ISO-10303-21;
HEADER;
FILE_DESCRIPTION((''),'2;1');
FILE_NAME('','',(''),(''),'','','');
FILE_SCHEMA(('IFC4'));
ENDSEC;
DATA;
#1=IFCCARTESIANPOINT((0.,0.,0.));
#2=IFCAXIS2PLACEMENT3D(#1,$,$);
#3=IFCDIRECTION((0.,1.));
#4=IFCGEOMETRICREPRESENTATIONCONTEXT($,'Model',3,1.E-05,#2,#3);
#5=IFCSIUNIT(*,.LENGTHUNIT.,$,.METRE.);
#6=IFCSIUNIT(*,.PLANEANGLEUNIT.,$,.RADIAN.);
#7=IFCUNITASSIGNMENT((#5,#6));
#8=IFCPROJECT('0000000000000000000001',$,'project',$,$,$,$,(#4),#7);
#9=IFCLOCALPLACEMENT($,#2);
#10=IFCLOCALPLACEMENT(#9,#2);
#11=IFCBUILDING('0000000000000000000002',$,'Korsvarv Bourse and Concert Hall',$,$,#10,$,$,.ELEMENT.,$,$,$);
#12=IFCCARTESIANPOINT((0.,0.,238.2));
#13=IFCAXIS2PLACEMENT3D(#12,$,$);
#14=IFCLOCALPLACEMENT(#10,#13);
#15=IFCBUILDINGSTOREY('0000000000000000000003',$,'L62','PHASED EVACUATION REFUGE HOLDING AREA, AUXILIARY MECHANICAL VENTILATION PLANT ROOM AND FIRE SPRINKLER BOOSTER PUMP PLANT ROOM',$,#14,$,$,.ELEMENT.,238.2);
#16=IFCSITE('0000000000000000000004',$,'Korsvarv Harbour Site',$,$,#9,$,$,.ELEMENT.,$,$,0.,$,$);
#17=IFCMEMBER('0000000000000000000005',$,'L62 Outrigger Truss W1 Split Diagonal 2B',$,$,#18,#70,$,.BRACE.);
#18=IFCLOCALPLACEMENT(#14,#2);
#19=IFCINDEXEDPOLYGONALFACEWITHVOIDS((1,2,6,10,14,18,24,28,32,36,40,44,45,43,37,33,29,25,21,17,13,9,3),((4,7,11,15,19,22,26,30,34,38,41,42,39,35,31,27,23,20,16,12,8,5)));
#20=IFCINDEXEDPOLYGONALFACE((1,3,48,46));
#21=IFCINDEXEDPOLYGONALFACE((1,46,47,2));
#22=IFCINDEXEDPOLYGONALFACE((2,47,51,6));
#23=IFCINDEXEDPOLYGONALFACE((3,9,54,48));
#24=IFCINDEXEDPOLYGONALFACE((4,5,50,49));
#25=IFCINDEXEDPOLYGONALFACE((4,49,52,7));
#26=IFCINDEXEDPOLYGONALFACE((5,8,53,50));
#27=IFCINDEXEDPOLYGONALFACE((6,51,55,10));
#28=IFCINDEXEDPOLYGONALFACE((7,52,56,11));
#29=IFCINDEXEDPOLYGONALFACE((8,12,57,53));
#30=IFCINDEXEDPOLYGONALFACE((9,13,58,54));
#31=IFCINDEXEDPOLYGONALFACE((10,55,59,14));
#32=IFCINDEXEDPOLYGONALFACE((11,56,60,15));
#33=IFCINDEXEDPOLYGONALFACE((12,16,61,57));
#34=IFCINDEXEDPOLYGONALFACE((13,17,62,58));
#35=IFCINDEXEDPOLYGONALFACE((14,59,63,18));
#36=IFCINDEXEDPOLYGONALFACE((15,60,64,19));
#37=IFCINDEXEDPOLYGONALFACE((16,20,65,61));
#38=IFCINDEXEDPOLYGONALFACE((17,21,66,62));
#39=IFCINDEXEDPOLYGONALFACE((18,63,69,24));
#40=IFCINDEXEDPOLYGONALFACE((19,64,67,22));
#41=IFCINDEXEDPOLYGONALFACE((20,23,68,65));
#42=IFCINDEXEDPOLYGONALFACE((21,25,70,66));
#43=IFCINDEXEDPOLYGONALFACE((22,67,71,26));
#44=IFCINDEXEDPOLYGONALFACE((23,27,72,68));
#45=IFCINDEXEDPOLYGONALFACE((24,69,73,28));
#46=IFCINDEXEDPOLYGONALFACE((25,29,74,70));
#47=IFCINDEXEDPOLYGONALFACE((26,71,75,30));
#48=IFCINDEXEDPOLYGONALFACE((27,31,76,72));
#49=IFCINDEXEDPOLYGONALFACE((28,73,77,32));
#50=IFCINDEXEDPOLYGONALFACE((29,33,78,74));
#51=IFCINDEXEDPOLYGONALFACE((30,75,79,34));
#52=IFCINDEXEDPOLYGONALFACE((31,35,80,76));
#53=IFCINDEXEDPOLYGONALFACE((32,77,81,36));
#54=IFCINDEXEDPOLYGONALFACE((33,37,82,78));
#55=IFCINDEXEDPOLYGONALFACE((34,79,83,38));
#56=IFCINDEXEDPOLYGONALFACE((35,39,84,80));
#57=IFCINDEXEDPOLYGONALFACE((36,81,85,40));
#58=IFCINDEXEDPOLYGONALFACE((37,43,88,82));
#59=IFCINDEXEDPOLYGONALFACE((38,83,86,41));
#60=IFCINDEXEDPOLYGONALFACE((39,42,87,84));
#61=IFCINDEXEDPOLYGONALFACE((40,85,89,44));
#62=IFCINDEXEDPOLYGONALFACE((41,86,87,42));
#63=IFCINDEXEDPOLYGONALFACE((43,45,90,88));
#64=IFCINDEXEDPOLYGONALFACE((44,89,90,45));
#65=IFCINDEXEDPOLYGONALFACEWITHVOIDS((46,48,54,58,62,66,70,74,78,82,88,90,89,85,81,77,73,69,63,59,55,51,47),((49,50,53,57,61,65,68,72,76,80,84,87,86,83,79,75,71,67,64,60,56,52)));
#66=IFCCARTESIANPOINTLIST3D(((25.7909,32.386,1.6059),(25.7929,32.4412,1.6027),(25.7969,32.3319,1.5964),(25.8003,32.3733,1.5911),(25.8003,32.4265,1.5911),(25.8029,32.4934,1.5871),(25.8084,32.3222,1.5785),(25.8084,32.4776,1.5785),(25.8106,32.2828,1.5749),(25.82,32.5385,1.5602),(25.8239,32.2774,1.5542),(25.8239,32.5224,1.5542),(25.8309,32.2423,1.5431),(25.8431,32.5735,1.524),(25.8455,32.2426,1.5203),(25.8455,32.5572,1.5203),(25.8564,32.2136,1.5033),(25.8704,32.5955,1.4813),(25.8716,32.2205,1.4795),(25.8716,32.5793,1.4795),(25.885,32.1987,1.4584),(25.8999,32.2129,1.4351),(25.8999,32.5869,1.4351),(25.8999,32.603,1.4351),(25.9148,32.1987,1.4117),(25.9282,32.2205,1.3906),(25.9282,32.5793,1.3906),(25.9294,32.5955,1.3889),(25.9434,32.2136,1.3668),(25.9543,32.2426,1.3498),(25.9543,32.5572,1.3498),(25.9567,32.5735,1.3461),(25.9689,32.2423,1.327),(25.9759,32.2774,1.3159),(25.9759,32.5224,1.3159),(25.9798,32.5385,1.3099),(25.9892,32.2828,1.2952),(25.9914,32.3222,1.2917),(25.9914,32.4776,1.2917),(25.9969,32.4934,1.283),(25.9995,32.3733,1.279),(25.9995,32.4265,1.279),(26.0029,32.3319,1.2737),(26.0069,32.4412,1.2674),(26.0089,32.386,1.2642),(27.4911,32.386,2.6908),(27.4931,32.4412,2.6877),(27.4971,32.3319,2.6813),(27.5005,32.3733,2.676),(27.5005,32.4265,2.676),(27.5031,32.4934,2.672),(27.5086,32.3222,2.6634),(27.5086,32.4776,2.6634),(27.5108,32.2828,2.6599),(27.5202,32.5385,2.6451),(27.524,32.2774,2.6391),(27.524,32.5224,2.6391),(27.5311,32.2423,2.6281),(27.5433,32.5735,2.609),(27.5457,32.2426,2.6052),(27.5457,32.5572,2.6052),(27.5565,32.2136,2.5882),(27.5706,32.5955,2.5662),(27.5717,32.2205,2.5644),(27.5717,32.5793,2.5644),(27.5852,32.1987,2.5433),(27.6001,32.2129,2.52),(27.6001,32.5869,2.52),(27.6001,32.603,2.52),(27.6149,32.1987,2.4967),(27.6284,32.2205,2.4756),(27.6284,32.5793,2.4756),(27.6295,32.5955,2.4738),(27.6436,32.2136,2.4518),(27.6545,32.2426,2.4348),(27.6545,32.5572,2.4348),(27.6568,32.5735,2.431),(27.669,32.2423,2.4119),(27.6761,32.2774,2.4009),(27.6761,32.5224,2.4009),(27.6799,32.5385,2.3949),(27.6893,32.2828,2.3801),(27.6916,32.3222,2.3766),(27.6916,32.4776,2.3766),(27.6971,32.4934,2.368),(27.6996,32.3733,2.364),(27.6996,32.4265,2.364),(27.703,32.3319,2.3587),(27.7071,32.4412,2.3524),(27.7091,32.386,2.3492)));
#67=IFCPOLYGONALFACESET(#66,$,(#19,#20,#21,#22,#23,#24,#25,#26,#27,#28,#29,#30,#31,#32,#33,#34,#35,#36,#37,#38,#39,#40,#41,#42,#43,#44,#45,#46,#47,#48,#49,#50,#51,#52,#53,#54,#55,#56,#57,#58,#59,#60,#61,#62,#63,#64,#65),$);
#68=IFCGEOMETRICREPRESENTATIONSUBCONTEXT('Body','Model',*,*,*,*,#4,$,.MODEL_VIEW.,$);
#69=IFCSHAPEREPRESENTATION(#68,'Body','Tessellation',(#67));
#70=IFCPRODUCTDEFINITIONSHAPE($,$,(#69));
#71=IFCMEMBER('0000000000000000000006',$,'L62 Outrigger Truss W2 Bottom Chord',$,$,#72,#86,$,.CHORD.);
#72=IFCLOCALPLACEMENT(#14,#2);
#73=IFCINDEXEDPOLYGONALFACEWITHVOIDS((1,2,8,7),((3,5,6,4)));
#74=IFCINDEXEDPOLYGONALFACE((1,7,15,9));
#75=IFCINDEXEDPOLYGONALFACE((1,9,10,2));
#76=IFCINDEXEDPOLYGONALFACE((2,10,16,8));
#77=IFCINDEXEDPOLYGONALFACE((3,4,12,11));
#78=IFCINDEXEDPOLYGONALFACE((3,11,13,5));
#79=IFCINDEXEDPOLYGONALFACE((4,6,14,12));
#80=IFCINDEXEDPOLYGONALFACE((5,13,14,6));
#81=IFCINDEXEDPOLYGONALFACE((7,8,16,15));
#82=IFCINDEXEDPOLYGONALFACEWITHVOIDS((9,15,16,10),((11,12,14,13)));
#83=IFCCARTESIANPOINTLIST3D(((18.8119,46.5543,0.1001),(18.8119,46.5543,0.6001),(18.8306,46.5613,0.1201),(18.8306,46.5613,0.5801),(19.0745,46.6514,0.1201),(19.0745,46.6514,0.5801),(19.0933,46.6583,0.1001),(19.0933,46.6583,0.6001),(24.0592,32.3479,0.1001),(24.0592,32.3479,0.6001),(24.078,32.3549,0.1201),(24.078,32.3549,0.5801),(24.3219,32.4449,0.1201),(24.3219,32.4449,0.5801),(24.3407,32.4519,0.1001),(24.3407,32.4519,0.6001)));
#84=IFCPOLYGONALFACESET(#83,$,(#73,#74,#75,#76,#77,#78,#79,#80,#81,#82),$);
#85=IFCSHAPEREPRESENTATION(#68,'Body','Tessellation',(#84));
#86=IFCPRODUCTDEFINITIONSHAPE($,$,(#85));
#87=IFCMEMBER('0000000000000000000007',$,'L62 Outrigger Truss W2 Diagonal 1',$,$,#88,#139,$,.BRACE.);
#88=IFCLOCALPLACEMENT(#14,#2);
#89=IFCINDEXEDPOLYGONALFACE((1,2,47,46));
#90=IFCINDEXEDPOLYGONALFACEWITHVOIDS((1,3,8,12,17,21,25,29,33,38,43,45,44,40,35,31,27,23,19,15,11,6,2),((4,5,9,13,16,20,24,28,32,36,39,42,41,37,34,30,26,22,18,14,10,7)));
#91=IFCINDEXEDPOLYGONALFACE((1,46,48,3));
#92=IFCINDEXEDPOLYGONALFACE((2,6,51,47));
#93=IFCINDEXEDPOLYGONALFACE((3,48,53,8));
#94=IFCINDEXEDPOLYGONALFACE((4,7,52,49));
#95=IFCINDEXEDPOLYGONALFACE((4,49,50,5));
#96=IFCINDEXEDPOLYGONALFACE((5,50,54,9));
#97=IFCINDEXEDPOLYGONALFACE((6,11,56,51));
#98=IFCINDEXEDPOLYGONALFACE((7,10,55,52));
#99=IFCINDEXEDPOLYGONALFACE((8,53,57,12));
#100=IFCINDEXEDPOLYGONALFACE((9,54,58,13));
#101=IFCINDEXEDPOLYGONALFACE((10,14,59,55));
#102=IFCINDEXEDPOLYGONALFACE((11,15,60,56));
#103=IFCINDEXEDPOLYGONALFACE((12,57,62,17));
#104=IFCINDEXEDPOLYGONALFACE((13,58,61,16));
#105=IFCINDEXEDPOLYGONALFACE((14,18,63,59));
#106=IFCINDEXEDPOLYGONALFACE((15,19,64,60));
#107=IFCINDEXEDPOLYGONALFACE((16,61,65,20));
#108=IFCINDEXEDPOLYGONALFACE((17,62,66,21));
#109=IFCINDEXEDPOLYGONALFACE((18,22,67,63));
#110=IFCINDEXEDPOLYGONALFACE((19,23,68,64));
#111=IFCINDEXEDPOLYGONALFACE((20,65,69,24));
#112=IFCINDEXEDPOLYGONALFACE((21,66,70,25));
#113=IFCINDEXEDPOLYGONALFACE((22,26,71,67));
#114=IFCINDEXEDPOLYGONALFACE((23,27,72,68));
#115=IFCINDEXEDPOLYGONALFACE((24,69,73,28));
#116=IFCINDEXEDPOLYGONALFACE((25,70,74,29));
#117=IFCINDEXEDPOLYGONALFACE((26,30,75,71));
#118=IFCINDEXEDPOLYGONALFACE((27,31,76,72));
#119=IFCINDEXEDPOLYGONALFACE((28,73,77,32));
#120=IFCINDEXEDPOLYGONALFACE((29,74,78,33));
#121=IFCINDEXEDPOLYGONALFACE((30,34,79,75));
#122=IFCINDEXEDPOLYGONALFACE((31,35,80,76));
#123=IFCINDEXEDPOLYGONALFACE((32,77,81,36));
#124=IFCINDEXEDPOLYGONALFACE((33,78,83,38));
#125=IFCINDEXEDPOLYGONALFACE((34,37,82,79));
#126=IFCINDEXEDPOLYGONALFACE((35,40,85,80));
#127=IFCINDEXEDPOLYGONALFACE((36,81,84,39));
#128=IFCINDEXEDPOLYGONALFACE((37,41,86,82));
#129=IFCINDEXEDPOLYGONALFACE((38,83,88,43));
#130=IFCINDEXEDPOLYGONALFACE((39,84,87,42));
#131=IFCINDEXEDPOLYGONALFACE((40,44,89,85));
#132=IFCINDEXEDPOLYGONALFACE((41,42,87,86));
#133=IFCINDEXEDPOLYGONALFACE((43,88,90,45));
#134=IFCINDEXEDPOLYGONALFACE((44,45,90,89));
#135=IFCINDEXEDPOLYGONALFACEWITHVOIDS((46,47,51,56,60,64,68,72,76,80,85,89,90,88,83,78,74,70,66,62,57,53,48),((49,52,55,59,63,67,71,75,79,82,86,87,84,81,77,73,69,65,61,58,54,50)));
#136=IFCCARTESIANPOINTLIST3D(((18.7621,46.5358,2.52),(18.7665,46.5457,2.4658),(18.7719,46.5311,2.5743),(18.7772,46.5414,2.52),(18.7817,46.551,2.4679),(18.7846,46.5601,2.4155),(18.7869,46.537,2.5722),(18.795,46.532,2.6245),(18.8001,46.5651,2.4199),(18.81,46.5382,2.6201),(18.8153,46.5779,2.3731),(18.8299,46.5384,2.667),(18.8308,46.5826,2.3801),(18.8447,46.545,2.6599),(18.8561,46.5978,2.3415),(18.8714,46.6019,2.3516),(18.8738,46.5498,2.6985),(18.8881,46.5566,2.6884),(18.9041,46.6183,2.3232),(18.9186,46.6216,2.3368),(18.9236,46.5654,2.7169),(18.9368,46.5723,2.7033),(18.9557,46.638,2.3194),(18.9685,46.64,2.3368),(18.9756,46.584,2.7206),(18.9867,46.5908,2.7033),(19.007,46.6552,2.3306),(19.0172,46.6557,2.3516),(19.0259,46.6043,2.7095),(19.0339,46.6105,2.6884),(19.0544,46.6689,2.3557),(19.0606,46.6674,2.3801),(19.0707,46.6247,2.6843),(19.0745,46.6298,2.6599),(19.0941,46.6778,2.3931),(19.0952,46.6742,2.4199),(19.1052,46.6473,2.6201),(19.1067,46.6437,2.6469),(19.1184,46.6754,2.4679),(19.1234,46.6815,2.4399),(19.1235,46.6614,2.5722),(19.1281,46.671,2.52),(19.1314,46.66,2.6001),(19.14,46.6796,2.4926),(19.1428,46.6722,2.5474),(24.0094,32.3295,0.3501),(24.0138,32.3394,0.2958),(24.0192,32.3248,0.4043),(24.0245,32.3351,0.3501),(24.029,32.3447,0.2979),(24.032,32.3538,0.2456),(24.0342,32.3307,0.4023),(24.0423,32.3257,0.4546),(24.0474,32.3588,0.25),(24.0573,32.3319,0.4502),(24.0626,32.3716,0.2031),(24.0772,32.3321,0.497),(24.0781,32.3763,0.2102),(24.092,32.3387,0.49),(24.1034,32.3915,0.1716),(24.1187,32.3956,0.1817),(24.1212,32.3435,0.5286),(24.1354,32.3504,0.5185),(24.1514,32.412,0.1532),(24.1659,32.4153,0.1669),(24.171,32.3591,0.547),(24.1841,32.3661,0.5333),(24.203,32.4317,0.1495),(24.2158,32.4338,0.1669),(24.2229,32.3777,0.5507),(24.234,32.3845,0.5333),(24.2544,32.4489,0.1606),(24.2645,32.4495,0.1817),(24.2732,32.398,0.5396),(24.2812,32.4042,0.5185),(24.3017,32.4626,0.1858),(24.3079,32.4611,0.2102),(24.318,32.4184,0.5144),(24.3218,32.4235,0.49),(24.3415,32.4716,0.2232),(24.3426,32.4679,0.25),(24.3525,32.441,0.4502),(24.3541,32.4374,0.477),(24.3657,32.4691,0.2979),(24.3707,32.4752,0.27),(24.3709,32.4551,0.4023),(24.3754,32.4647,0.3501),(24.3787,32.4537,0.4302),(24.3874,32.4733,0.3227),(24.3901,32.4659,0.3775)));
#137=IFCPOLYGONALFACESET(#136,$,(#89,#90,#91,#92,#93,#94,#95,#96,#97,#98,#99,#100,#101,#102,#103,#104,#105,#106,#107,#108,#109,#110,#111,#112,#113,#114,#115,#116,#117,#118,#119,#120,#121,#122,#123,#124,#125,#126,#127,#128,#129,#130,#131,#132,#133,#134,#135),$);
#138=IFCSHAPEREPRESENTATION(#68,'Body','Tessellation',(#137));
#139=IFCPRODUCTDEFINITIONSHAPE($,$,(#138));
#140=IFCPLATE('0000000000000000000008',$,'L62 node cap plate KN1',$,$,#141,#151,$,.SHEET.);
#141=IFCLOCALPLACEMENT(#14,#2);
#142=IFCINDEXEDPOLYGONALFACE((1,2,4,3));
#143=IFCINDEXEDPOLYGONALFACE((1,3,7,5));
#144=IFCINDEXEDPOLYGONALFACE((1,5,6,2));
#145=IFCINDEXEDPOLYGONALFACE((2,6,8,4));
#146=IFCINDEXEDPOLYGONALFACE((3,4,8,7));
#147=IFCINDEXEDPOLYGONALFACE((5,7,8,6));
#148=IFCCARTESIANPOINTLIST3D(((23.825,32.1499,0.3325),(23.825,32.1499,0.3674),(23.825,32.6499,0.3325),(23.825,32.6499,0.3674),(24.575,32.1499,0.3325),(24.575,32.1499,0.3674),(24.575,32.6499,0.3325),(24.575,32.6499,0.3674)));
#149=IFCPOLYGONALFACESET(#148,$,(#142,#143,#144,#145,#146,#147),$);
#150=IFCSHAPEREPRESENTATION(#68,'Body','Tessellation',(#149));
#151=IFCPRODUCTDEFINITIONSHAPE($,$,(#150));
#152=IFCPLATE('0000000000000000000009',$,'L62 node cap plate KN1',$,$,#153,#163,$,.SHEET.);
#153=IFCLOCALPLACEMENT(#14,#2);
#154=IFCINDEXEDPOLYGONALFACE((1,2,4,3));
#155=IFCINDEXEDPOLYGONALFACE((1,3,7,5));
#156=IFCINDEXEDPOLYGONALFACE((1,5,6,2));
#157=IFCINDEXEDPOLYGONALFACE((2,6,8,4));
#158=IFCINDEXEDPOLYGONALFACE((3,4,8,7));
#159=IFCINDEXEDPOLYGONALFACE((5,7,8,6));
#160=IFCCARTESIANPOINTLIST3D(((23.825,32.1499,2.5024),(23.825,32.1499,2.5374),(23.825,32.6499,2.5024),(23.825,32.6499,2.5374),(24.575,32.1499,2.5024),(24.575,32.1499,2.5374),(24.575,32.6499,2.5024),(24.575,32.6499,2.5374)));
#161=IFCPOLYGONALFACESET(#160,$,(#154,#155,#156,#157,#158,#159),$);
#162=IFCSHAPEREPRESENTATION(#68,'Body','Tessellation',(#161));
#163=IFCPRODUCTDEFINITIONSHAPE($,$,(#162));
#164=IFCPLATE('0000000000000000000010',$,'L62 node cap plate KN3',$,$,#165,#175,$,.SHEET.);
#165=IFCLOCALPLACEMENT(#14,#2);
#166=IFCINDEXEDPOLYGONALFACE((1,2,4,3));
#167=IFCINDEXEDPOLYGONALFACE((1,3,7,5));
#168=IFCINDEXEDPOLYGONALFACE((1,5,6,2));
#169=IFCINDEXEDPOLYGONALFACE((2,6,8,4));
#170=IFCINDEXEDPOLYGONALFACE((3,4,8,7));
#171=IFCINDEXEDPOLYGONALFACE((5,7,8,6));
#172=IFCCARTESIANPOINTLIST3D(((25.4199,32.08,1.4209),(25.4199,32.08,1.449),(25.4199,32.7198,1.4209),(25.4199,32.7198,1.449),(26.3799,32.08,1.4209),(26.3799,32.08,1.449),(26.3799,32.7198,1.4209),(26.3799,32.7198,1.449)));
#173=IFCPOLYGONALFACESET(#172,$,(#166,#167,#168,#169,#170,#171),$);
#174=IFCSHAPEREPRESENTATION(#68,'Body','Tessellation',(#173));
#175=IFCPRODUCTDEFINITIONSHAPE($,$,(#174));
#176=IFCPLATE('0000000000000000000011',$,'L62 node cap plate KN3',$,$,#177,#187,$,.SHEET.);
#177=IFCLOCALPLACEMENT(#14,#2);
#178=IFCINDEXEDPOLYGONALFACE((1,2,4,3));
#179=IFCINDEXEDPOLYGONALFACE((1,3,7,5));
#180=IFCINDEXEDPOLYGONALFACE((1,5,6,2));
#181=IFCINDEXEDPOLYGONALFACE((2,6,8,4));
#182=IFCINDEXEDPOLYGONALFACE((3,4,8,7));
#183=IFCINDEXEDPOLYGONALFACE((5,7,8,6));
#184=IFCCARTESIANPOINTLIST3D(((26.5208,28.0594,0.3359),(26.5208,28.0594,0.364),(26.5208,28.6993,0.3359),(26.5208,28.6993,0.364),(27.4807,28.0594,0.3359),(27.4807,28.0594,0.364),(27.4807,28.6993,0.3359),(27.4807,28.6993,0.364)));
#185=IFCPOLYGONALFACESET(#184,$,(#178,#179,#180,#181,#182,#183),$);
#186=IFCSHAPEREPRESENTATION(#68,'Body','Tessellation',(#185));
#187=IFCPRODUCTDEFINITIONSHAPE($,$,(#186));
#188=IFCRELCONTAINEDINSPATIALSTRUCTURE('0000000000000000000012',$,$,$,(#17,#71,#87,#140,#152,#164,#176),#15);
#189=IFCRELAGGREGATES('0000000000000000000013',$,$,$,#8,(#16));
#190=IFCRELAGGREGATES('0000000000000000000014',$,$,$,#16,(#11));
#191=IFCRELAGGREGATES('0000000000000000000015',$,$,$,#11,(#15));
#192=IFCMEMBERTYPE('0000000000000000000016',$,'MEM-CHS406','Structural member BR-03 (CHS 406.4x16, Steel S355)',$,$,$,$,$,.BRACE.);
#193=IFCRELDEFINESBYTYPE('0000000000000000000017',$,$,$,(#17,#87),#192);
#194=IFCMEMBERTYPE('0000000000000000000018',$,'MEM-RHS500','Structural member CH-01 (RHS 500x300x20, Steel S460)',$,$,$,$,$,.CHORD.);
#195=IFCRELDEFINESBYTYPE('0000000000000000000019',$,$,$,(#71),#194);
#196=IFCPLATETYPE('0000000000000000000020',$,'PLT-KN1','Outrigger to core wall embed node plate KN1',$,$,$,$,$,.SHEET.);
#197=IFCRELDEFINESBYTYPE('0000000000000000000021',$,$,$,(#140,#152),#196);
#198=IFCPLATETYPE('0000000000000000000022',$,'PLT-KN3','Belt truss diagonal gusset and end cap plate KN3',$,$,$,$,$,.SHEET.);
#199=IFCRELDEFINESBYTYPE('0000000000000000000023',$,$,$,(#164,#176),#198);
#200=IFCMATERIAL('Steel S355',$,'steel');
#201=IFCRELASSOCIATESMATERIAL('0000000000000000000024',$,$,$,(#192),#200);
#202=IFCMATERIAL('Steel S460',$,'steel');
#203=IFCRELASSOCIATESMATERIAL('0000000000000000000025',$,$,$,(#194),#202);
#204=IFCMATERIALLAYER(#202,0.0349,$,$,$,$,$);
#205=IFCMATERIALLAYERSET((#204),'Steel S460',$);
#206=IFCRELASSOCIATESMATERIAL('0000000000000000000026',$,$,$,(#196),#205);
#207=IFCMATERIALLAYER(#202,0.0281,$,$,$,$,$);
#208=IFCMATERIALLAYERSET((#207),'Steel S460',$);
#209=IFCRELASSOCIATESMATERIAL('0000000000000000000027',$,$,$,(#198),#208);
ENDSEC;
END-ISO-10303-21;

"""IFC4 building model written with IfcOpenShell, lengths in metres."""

from ifc_helpers import new_model, si_unit, direction, frame, origin, origin_2d, place, context, subcontext, project, spatial, rectangle, hollow_rectangle, hollow_circle, extrude, source, transform, mapped, material, layer, layer_set, material_profile, profile_set, type_object, element, save


model = new_model("IFC4")

# Units and contexts
model_context = context("Model", 3, precision=1e-05, world=origin(), true_north=direction((0.0, 1.0)))
body_context = subcontext(model_context, "Body", "Model", "MODEL_VIEW")
ifc_project = project(units=[si_unit("LENGTHUNIT", "METRE"), si_unit("PLANEANGLEUNIT", "RADIAN")], contexts=[model_context])

# Site, building, storey
site_placement = place(None, origin())
site = spatial("IfcSite", under=ifc_project, at=site_placement, Name="Korsvarv Harbour Site", CompositionType="ELEMENT", RefElevation=0.0)
building_placement = place(site_placement, origin())
building = spatial("IfcBuilding", under=site, at=building_placement, Name="Korsvarv Bourse and Concert Hall", CompositionType="ELEMENT")
storey_placement = place(building_placement, frame((0.0, 0.0, 238.2)))
storey = spatial("IfcBuildingStorey", under=building, at=storey_placement, Name="L62", Description="PHASED EVACUATION REFUGE HOLDING AREA, AUXILIARY MECHANICAL VENTILATION PLANT ROOM AND FIRE SPRINKLER BOOSTER PUMP PLANT ROOM", CompositionType="ELEMENT", Elevation=238.2)

# Shared definitions
ifc_material_1 = material(Name="Steel S355", Category="steel")

# Members
ifc_material_profile_1 = material_profile(ifc_material_1, hollow_circle(Radius=0.2031, WallThickness=0.0161, at=origin_2d()), Name="CHS 406.4x16")
ifc_profile_set_1 = profile_set([ifc_material_profile_1], Name="Steel S355")
member_type_1 = type_object("IfcMemberType", Name="MEM-CHS406", Description="Structural member BR-03 (CHS 406.4x16, Steel S355)", PredefinedType="BRACE", material=ifc_profile_set_1)
shared_shape_1 = source(origin(), body_context, "Body", "SweptSolid", [
    extrude(hollow_circle(Radius=0.2031, WallThickness=0.0161, at=origin_2d()), origin(), (0.0, 0.0, 1.0), 2.0168),
])
member_1_placement = place(storey_placement, frame((25.8999, 32.3999, 1.4351), z_axis=(0.842983, 0.0, 0.53794), x_axis=(0.0, 1.0, 0.0)))
element("IfcMember", 1, at=member_1_placement, inside=storey, type_object=member_type_1, Name="L62 Outrigger Truss W1 Split Diagonal 2B", PredefinedType="BRACE", context=body_context, shape_type="MappedRepresentation", body=[
    mapped(shared_shape_1, transform((0.0, 0.0, 0.0), scale=1.0)),
])
ifc_material_2 = material(Name="Steel S460", Category="steel")
ifc_material_profile_2 = material_profile(ifc_material_2, hollow_rectangle(XDim=0.3, YDim=0.5, WallThickness=0.02, at=origin_2d()), Name="RHS 500x300x20")
ifc_profile_set_2 = profile_set([ifc_material_profile_2], Name="Steel S460")
member_type_2 = type_object("IfcMemberType", Name="MEM-RHS500", Description="Structural member CH-01 (RHS 500x300x20, Steel S460)", PredefinedType="CHORD", material=ifc_profile_set_2)
shared_shape_2 = source(origin(), body_context, "Body", "SweptSolid", [
    extrude(hollow_rectangle(XDim=0.3, YDim=0.5, WallThickness=0.02, at=origin_2d()), origin(), (0.0, 0.0, 1.0), 15.1445),
])
member_2_placement = place(storey_placement, frame((24.2, 32.3999, 0.3501), z_axis=(-0.346485, 0.938055, 0.0), x_axis=(-0.938055, -0.346485, 0.0)))
element("IfcMember", 2, at=member_2_placement, inside=storey, type_object=member_type_2, Name="L62 Outrigger Truss W2 Bottom Chord", PredefinedType="CHORD", context=body_context, shape_type="MappedRepresentation", body=[
    mapped(shared_shape_2, transform((0.0, 0.0, 0.0), scale=1.0)),
])
shared_shape_3 = source(origin(), body_context, "Body", "SweptSolid", [
    extrude(hollow_circle(Radius=0.2031, WallThickness=0.0161, at=origin_2d()), origin(), (0.0, 0.0, 1.0), 15.2991),
])
member_3_placement = place(storey_placement, frame((24.2, 32.3999, 0.3501), z_axis=(-0.342982, 0.928572, 0.141834), x_axis=(-0.938055, -0.346485, 0.0)))
element("IfcMember", 3, at=member_3_placement, inside=storey, type_object=member_type_1, Name="L62 Outrigger Truss W2 Diagonal 1", PredefinedType="BRACE", context=body_context, shape_type="MappedRepresentation", body=[
    mapped(shared_shape_3, transform((0.0, 0.0, 0.0), scale=1.0)),
])

# Plates
ifc_layer_1 = layer(ifc_material_2, 0.0349)
ifc_layer_set_1 = layer_set([ifc_layer_1], Name="Steel S460")
plate_type_1 = type_object("IfcPlateType", Name="PLT-KN1", Description="Outrigger to core wall embed node plate KN1", PredefinedType="SHEET", material=ifc_layer_set_1)
shared_shape_4 = source(origin(), body_context, "Body", "SweptSolid", [
    extrude(rectangle(XDim=0.75, YDim=0.5, at=origin_2d()), origin(), (0.0, 0.0, 1.0), 0.0349),
])
for number, where, z_axis, x_axis, name in (
    (4, (24.2, 32.3999, 0.3325), (0.0, 0.0, 1.0), (1.0, 0.0, 0.0), "L62 node cap plate KN1"),
    (5, (24.2, 32.3999, 2.5024), (0.0, 0.0, 1.0), (1.0, 0.0, 0.0), "L62 node cap plate KN1"),
):
    element("IfcPlate", number, at=place(storey_placement, frame(where, z_axis=z_axis, x_axis=x_axis)), inside=storey, type_object=plate_type_1, Name=name, PredefinedType="SHEET", context=body_context, shape_type="MappedRepresentation", body=[
        mapped(shared_shape_4, transform((0.0, 0.0, 0.0), scale=1.0)),
    ])
ifc_layer_2 = layer(ifc_material_2, 0.0281)
ifc_layer_set_2 = layer_set([ifc_layer_2], Name="Steel S460")
plate_type_2 = type_object("IfcPlateType", Name="PLT-KN3", Description="Belt truss diagonal gusset and end cap plate KN3", PredefinedType="SHEET", material=ifc_layer_set_2)
shared_shape_5 = source(origin(), body_context, "Body", "SweptSolid", [
    extrude(rectangle(XDim=0.96, YDim=0.6399, at=origin_2d()), origin(), (0.0, 0.0, 1.0), 0.0281),
])
for number, where, z_axis, x_axis, name in (
    (6, (25.8999, 32.3999, 1.4209), (0.0, 0.0, 1.0), (1.0, 0.0, 0.0), "L62 node cap plate KN3"),
    (7, (27.0007, 28.3794, 0.3359), (0.0, 0.0, 1.0), (1.0, 0.0, 0.0), "L62 node cap plate KN3"),
):
    element("IfcPlate", number, at=place(storey_placement, frame(where, z_axis=z_axis, x_axis=x_axis)), inside=storey, type_object=plate_type_2, Name=name, PredefinedType="SHEET", context=body_context, shape_type="MappedRepresentation", body=[
        mapped(shared_shape_5, transform((0.0, 0.0, 0.0), scale=1.0)),
    ])

save(model, "model.ifc")
